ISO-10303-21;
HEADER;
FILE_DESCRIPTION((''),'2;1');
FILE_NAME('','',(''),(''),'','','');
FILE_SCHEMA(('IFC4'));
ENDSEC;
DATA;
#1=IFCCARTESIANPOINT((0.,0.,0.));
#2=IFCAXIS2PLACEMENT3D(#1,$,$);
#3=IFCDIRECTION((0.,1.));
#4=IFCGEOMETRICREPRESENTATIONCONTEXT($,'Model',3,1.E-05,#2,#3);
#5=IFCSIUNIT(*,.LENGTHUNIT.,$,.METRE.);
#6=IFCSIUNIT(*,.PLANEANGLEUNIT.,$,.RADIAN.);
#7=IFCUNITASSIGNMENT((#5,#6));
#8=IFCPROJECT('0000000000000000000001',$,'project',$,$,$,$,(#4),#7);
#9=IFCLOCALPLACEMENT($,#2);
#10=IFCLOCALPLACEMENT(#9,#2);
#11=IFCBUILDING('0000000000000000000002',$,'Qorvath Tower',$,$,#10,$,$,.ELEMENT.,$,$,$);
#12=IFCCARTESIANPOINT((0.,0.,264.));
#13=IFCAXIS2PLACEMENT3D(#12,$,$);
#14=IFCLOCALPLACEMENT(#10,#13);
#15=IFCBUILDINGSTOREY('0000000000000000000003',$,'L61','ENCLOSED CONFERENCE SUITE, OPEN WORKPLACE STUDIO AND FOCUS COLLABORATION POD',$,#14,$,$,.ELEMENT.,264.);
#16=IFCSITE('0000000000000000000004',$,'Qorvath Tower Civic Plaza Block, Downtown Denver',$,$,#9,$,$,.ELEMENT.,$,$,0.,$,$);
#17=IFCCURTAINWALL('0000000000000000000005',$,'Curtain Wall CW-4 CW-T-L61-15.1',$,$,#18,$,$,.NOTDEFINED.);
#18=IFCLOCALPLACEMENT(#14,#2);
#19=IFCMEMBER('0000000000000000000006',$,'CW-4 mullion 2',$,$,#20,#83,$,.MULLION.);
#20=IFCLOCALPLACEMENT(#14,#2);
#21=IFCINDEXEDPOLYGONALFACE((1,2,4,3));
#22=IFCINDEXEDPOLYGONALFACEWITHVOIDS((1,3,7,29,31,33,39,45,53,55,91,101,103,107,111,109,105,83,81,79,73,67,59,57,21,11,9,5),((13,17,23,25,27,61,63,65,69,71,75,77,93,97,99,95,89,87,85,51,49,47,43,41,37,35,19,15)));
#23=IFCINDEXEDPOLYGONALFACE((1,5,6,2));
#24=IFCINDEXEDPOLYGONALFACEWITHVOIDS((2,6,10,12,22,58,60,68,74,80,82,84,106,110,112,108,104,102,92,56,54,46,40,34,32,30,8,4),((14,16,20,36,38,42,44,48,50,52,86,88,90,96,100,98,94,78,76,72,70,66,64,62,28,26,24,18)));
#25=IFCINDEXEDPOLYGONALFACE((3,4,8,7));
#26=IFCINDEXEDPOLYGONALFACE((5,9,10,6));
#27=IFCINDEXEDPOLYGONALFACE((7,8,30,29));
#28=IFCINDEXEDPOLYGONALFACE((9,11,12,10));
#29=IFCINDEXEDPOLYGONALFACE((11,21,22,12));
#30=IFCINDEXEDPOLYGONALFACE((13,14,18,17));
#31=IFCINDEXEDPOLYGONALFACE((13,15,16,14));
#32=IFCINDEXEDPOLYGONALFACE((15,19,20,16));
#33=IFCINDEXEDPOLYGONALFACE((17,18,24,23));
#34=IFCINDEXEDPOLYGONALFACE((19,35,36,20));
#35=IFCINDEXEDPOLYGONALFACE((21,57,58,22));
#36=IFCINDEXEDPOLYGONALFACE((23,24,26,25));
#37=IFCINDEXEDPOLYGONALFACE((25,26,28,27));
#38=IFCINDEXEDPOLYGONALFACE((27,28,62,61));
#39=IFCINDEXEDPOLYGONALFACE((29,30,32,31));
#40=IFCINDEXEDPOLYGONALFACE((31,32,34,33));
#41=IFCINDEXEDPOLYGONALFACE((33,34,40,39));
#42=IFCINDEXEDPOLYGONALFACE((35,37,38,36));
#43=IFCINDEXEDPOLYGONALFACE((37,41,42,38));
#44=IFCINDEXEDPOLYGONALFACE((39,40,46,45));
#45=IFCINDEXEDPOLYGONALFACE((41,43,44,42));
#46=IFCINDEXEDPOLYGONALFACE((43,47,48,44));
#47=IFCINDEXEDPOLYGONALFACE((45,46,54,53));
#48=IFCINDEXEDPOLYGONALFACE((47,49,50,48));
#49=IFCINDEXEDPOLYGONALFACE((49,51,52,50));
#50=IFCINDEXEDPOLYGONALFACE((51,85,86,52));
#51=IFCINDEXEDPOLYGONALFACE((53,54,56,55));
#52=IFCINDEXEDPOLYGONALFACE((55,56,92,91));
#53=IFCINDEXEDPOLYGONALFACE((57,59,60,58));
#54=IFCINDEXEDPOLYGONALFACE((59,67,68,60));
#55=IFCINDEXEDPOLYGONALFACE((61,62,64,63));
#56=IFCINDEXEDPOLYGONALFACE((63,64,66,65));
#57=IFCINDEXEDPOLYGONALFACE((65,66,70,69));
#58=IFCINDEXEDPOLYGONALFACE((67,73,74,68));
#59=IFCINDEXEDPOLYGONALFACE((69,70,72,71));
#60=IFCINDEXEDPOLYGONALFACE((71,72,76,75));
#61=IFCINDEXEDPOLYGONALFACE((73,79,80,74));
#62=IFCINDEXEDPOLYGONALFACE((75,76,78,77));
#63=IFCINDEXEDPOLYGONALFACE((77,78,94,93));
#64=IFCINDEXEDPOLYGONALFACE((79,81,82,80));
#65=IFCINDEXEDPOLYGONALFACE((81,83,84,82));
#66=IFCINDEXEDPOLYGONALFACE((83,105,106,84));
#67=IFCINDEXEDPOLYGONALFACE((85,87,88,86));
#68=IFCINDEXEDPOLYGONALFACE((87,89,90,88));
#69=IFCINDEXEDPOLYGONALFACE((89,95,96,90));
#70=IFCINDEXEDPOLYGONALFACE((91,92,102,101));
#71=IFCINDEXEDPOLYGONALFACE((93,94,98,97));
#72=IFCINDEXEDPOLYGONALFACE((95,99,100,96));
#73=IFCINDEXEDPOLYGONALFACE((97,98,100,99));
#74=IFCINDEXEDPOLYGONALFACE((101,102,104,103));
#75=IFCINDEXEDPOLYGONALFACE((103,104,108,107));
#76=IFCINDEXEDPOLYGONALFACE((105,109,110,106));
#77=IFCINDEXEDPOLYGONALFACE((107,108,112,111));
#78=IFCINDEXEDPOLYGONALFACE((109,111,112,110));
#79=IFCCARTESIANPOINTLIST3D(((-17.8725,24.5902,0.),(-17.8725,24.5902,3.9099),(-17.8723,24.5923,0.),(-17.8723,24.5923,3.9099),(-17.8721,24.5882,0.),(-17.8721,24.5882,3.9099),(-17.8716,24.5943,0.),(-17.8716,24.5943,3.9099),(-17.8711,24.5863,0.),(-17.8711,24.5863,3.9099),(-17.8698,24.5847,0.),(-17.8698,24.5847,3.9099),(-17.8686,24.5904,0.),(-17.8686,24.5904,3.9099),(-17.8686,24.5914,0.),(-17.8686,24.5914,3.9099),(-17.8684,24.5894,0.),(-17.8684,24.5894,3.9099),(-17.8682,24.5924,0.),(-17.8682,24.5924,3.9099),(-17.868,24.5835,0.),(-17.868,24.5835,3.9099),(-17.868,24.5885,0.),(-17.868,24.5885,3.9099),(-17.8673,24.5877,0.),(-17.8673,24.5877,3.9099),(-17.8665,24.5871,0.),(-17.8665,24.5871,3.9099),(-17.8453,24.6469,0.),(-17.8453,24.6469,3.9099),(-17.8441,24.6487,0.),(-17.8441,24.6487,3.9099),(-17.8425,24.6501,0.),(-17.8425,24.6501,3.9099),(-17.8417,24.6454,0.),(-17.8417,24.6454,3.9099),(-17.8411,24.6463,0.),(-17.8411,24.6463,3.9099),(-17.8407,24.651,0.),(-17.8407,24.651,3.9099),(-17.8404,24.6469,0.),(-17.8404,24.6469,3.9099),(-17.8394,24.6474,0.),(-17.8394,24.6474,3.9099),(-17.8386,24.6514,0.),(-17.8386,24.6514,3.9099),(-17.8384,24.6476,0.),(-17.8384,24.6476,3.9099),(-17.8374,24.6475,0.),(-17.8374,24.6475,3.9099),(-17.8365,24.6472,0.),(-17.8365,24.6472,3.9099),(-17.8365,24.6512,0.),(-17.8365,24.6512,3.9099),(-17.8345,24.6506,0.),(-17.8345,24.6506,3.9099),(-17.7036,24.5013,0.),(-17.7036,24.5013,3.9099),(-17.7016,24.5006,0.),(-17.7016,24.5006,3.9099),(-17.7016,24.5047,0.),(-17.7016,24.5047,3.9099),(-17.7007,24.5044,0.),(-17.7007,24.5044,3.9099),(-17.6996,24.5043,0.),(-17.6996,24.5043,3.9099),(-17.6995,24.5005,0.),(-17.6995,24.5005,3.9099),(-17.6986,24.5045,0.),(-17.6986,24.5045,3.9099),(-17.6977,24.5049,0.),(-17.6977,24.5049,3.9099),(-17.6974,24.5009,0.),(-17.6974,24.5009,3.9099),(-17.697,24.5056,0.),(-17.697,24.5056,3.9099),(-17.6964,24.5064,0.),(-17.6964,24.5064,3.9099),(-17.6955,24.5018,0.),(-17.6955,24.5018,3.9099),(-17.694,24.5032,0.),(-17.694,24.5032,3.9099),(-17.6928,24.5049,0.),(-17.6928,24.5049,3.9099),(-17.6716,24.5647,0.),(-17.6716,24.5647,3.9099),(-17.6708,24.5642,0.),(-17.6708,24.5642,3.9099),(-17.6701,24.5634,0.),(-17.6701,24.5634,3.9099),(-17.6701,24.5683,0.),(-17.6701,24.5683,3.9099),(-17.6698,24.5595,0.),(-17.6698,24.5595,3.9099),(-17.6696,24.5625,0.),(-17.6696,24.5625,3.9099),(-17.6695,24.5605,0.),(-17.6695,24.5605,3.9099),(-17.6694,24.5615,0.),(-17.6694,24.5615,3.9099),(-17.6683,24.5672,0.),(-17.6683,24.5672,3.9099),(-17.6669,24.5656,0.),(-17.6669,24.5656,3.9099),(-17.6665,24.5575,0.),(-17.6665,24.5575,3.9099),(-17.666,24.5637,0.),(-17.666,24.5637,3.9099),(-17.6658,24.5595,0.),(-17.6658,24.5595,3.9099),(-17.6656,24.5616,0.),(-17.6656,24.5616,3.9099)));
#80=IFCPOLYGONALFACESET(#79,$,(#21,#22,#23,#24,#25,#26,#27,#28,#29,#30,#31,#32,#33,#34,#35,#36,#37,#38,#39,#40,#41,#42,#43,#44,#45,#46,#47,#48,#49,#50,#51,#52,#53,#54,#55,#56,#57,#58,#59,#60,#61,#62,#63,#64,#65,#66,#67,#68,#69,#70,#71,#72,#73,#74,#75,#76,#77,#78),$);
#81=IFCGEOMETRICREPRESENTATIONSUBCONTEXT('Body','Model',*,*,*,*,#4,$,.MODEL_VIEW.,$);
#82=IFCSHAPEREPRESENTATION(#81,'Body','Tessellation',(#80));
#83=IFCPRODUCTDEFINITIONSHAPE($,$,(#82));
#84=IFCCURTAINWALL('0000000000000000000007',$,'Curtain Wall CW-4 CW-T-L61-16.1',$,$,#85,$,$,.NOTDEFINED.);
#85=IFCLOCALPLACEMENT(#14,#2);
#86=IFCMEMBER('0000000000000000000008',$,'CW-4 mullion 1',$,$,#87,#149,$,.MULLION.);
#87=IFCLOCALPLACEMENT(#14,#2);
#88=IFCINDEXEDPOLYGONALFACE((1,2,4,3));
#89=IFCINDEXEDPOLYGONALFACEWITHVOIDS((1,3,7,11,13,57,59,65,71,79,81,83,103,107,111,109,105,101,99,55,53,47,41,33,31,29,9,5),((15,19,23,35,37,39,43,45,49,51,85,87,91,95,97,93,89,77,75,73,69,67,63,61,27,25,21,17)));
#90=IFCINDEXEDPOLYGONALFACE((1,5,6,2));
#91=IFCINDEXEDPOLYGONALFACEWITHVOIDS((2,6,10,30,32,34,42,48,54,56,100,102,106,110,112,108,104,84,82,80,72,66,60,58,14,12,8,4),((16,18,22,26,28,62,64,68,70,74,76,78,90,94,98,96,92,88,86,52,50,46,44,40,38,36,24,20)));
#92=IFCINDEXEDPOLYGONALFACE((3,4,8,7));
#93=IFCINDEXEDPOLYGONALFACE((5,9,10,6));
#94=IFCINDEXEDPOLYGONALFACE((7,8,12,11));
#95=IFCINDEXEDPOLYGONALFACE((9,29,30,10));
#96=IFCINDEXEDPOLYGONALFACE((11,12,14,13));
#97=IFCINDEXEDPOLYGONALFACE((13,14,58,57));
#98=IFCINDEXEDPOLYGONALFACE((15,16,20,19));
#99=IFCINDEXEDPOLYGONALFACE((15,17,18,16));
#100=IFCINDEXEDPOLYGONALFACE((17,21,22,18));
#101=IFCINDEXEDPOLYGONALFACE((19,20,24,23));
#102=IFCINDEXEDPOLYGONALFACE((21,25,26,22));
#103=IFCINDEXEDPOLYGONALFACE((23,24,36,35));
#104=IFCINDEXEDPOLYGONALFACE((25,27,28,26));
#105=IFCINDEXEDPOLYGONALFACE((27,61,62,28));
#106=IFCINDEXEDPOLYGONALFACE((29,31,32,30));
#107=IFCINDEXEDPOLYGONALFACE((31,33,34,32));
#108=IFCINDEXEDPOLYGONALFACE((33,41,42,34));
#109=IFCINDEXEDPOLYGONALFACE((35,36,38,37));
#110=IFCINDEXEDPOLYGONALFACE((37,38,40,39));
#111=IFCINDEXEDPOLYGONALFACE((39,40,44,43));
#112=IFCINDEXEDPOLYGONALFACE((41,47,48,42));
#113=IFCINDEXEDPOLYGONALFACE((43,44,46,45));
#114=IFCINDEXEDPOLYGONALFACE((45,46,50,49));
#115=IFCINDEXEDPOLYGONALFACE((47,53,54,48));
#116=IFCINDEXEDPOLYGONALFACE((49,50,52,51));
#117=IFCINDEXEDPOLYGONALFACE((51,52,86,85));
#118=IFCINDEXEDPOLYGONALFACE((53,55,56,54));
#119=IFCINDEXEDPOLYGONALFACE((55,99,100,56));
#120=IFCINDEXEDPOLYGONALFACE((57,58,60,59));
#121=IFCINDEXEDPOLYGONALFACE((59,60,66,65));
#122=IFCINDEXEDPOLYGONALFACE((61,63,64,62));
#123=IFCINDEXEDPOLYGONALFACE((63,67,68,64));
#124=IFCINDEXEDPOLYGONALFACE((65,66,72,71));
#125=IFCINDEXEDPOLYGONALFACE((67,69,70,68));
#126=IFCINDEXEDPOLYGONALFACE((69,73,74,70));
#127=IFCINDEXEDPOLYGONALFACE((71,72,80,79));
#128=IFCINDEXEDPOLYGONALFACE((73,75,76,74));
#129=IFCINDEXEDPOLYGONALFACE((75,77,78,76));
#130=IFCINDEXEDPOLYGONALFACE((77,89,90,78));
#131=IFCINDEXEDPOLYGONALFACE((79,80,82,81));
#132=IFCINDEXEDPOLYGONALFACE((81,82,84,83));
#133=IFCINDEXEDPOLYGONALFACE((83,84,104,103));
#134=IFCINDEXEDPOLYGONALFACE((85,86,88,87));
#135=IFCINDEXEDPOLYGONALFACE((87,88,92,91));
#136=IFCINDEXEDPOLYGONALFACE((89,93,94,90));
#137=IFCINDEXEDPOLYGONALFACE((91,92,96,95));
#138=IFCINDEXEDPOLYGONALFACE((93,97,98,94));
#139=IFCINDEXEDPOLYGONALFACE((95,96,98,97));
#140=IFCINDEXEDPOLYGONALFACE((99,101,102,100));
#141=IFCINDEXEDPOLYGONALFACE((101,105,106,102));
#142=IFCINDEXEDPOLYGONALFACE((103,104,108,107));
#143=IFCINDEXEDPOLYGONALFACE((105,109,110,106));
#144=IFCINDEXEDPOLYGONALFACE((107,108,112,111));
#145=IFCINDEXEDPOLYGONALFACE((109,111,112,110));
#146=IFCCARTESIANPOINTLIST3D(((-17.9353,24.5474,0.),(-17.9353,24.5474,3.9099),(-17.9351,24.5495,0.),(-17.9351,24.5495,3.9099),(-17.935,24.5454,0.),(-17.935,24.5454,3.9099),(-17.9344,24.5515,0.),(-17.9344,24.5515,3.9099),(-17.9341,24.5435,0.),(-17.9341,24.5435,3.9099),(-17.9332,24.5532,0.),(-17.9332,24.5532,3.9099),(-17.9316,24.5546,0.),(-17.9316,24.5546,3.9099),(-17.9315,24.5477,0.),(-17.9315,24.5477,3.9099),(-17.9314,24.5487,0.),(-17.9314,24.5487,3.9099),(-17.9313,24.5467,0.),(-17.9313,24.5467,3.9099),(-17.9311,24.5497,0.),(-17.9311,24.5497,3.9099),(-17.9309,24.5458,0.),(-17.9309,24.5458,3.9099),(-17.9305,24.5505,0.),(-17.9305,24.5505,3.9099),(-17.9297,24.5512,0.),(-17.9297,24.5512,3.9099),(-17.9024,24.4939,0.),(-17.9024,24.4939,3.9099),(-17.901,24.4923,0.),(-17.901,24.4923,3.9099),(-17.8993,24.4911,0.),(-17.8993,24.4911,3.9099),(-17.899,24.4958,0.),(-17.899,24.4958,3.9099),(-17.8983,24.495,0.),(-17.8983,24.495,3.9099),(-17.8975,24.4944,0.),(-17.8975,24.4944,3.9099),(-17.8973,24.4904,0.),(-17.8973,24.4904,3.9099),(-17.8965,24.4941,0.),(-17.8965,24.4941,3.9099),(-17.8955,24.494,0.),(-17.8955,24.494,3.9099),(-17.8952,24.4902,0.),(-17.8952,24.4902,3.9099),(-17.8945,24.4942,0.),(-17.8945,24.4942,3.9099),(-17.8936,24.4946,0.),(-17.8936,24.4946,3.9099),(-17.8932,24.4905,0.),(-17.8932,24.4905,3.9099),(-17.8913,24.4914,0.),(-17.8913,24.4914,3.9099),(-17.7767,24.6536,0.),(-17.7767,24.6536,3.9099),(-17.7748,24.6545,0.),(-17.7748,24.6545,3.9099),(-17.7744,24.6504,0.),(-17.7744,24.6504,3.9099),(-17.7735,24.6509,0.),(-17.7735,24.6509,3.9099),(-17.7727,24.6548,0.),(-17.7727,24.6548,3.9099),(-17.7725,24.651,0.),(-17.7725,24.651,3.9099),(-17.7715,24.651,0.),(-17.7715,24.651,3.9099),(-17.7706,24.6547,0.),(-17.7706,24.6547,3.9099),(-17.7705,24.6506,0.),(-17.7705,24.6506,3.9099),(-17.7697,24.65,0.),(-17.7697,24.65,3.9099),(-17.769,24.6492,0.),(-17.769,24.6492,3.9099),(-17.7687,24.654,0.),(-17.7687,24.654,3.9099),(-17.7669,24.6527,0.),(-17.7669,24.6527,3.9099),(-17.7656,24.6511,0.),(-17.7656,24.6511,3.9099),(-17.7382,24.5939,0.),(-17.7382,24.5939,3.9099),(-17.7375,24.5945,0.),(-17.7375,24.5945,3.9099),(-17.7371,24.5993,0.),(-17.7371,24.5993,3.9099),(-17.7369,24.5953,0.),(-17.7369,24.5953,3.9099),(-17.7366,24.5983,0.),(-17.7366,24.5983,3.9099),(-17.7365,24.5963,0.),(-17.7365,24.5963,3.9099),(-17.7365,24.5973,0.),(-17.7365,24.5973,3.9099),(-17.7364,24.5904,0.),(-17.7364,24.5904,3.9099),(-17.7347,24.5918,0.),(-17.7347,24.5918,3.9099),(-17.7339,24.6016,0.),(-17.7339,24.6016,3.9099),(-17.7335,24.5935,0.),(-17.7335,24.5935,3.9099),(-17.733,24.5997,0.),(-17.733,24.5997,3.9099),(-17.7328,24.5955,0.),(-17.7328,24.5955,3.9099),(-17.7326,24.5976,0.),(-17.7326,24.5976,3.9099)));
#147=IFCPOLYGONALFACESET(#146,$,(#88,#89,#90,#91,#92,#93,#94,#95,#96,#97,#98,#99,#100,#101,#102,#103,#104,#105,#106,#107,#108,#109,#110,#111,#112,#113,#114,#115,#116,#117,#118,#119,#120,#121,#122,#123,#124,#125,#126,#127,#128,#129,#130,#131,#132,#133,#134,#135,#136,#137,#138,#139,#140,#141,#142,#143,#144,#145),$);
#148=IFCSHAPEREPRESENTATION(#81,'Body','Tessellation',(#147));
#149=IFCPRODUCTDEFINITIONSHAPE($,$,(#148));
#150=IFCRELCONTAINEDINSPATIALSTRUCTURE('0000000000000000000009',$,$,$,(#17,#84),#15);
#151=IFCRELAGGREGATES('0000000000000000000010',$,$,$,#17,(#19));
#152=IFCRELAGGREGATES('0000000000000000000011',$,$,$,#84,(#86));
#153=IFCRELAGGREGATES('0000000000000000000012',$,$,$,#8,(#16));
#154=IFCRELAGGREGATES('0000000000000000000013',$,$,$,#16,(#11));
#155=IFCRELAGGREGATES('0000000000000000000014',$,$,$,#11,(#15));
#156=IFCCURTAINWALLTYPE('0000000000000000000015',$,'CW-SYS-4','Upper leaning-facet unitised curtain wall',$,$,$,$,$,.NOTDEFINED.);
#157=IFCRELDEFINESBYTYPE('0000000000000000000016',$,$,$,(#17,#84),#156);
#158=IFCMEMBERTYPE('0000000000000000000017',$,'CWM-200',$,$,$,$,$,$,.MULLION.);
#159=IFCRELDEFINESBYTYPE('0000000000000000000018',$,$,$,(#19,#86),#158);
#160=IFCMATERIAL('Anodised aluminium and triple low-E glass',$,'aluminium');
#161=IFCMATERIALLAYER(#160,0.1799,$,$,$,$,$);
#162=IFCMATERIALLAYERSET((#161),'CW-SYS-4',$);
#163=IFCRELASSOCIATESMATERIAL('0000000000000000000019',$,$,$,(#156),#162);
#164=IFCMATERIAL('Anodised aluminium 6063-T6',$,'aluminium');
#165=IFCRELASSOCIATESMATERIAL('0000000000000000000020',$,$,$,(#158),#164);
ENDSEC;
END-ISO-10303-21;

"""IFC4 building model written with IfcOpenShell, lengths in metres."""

from ifc_helpers import new_model, si_unit, direction, frame, origin, origin_2d, place, context, subcontext, project, spatial, hollow_rectangle, extrude, material, layer, layer_set, material_profile, profile_set, type_object, element, aggregate, save


model = new_model("IFC4")

# Units and contexts
model_context = context("Model", 3, precision=1e-05, world=origin(), true_north=direction((0.0, 1.0)))
body_context = subcontext(model_context, "Body", "Model", "MODEL_VIEW")
ifc_project = project(units=[si_unit("LENGTHUNIT", "METRE"), si_unit("PLANEANGLEUNIT", "RADIAN")], contexts=[model_context])

# Site, building, storey
site_placement = place(None, origin())
site = spatial("IfcSite", under=ifc_project, at=site_placement, Name="Qorvath Tower Civic Plaza Block, Downtown Denver", CompositionType="ELEMENT", RefElevation=0.0)
building_placement = place(site_placement, origin())
building = spatial("IfcBuilding", under=site, at=building_placement, Name="Qorvath Tower", CompositionType="ELEMENT")
storey_placement = place(building_placement, frame((0.0, 0.0, 264.0)))
storey = spatial("IfcBuildingStorey", under=building, at=storey_placement, Name="L61", Description="ENCLOSED CONFERENCE SUITE, OPEN WORKPLACE STUDIO AND FOCUS COLLABORATION POD", CompositionType="ELEMENT", Elevation=264.0)

# Curtain wall, member
ifc_material_1 = material(Name="Anodised aluminium and triple low-E glass", Category="aluminium")
ifc_layer_1 = layer(ifc_material_1, 0.1799)
ifc_layer_set_1 = layer_set([ifc_layer_1], Name="CW-SYS-4")
curtain_wall_type = type_object("IfcCurtainWallType", Name="CW-SYS-4", Description="Upper leaning-facet unitised curtain wall", PredefinedType="NOTDEFINED", material=ifc_layer_set_1)
curtain_wall_1_placement = place(storey_placement, origin())
curtain_wall_1 = element("IfcCurtainWall", 1, at=curtain_wall_1_placement, inside=storey, type_object=curtain_wall_type, Name="Curtain Wall CW-4 CW-T-L61-15.1", PredefinedType="NOTDEFINED")
ifc_material_2 = material(Name="Anodised aluminium 6063-T6", Category="aluminium")
ifc_material_profile_1 = material_profile(ifc_material_2, hollow_rectangle(XDim=0.075, YDim=0.2, WallThickness=0.0039, InnerFilletRadius=0.0039, OuterFilletRadius=0.0081, at=origin_2d()), Name="CWM 200x75")
ifc_profile_set_1 = profile_set([ifc_material_profile_1], Name="Anodised aluminium 6063-T6")
member_type_1 = type_object("IfcMemberType", Name="CWM-200", PredefinedType="MULLION", material=ifc_profile_set_1)
member_1_placement = place(storey_placement, frame((-17.769, 24.5759, 0.0), z_axis=(0.0, 0.0, 1.0), x_axis=(-0.447193, -0.894437, 0.0)))
member_1 = element("IfcMember", 2, at=member_1_placement, type_object=member_type_1, Name="CW-4 mullion 2", PredefinedType="MULLION", context=body_context, shape_type="SweptSolid", body=[
    extrude(hollow_rectangle(XDim=0.075, YDim=0.2, WallThickness=0.0039, InnerFilletRadius=0.0039, OuterFilletRadius=0.0081, at=origin_2d()), origin(), (0.0, 0.0, 1.0), 3.9099),
])

# Curtain wall, member
curtain_wall_2_placement = place(storey_placement, origin())
curtain_wall_2 = element("IfcCurtainWall", 3, at=curtain_wall_2_placement, inside=storey, type_object=curtain_wall_type, Name="Curtain Wall CW-4 CW-T-L61-16.1", PredefinedType="NOTDEFINED")
member_2_placement = place(storey_placement, frame((-17.834, 24.5725, 0.0), z_axis=(0.0, 0.0, 1.0), x_axis=(0.538523, -0.842611, 0.0)))
member_2 = element("IfcMember", 4, at=member_2_placement, type_object=member_type_1, Name="CW-4 mullion 1", PredefinedType="MULLION", context=body_context, shape_type="SweptSolid", body=[
    extrude(hollow_rectangle(XDim=0.075, YDim=0.2, WallThickness=0.0039, InnerFilletRadius=0.0039, OuterFilletRadius=0.0081, at=origin_2d()), origin(), (0.0, 0.0, 1.0), 3.9099),
])

aggregate(curtain_wall_1, [member_1])
aggregate(curtain_wall_2, [member_2])

save(model, "model.ifc")
